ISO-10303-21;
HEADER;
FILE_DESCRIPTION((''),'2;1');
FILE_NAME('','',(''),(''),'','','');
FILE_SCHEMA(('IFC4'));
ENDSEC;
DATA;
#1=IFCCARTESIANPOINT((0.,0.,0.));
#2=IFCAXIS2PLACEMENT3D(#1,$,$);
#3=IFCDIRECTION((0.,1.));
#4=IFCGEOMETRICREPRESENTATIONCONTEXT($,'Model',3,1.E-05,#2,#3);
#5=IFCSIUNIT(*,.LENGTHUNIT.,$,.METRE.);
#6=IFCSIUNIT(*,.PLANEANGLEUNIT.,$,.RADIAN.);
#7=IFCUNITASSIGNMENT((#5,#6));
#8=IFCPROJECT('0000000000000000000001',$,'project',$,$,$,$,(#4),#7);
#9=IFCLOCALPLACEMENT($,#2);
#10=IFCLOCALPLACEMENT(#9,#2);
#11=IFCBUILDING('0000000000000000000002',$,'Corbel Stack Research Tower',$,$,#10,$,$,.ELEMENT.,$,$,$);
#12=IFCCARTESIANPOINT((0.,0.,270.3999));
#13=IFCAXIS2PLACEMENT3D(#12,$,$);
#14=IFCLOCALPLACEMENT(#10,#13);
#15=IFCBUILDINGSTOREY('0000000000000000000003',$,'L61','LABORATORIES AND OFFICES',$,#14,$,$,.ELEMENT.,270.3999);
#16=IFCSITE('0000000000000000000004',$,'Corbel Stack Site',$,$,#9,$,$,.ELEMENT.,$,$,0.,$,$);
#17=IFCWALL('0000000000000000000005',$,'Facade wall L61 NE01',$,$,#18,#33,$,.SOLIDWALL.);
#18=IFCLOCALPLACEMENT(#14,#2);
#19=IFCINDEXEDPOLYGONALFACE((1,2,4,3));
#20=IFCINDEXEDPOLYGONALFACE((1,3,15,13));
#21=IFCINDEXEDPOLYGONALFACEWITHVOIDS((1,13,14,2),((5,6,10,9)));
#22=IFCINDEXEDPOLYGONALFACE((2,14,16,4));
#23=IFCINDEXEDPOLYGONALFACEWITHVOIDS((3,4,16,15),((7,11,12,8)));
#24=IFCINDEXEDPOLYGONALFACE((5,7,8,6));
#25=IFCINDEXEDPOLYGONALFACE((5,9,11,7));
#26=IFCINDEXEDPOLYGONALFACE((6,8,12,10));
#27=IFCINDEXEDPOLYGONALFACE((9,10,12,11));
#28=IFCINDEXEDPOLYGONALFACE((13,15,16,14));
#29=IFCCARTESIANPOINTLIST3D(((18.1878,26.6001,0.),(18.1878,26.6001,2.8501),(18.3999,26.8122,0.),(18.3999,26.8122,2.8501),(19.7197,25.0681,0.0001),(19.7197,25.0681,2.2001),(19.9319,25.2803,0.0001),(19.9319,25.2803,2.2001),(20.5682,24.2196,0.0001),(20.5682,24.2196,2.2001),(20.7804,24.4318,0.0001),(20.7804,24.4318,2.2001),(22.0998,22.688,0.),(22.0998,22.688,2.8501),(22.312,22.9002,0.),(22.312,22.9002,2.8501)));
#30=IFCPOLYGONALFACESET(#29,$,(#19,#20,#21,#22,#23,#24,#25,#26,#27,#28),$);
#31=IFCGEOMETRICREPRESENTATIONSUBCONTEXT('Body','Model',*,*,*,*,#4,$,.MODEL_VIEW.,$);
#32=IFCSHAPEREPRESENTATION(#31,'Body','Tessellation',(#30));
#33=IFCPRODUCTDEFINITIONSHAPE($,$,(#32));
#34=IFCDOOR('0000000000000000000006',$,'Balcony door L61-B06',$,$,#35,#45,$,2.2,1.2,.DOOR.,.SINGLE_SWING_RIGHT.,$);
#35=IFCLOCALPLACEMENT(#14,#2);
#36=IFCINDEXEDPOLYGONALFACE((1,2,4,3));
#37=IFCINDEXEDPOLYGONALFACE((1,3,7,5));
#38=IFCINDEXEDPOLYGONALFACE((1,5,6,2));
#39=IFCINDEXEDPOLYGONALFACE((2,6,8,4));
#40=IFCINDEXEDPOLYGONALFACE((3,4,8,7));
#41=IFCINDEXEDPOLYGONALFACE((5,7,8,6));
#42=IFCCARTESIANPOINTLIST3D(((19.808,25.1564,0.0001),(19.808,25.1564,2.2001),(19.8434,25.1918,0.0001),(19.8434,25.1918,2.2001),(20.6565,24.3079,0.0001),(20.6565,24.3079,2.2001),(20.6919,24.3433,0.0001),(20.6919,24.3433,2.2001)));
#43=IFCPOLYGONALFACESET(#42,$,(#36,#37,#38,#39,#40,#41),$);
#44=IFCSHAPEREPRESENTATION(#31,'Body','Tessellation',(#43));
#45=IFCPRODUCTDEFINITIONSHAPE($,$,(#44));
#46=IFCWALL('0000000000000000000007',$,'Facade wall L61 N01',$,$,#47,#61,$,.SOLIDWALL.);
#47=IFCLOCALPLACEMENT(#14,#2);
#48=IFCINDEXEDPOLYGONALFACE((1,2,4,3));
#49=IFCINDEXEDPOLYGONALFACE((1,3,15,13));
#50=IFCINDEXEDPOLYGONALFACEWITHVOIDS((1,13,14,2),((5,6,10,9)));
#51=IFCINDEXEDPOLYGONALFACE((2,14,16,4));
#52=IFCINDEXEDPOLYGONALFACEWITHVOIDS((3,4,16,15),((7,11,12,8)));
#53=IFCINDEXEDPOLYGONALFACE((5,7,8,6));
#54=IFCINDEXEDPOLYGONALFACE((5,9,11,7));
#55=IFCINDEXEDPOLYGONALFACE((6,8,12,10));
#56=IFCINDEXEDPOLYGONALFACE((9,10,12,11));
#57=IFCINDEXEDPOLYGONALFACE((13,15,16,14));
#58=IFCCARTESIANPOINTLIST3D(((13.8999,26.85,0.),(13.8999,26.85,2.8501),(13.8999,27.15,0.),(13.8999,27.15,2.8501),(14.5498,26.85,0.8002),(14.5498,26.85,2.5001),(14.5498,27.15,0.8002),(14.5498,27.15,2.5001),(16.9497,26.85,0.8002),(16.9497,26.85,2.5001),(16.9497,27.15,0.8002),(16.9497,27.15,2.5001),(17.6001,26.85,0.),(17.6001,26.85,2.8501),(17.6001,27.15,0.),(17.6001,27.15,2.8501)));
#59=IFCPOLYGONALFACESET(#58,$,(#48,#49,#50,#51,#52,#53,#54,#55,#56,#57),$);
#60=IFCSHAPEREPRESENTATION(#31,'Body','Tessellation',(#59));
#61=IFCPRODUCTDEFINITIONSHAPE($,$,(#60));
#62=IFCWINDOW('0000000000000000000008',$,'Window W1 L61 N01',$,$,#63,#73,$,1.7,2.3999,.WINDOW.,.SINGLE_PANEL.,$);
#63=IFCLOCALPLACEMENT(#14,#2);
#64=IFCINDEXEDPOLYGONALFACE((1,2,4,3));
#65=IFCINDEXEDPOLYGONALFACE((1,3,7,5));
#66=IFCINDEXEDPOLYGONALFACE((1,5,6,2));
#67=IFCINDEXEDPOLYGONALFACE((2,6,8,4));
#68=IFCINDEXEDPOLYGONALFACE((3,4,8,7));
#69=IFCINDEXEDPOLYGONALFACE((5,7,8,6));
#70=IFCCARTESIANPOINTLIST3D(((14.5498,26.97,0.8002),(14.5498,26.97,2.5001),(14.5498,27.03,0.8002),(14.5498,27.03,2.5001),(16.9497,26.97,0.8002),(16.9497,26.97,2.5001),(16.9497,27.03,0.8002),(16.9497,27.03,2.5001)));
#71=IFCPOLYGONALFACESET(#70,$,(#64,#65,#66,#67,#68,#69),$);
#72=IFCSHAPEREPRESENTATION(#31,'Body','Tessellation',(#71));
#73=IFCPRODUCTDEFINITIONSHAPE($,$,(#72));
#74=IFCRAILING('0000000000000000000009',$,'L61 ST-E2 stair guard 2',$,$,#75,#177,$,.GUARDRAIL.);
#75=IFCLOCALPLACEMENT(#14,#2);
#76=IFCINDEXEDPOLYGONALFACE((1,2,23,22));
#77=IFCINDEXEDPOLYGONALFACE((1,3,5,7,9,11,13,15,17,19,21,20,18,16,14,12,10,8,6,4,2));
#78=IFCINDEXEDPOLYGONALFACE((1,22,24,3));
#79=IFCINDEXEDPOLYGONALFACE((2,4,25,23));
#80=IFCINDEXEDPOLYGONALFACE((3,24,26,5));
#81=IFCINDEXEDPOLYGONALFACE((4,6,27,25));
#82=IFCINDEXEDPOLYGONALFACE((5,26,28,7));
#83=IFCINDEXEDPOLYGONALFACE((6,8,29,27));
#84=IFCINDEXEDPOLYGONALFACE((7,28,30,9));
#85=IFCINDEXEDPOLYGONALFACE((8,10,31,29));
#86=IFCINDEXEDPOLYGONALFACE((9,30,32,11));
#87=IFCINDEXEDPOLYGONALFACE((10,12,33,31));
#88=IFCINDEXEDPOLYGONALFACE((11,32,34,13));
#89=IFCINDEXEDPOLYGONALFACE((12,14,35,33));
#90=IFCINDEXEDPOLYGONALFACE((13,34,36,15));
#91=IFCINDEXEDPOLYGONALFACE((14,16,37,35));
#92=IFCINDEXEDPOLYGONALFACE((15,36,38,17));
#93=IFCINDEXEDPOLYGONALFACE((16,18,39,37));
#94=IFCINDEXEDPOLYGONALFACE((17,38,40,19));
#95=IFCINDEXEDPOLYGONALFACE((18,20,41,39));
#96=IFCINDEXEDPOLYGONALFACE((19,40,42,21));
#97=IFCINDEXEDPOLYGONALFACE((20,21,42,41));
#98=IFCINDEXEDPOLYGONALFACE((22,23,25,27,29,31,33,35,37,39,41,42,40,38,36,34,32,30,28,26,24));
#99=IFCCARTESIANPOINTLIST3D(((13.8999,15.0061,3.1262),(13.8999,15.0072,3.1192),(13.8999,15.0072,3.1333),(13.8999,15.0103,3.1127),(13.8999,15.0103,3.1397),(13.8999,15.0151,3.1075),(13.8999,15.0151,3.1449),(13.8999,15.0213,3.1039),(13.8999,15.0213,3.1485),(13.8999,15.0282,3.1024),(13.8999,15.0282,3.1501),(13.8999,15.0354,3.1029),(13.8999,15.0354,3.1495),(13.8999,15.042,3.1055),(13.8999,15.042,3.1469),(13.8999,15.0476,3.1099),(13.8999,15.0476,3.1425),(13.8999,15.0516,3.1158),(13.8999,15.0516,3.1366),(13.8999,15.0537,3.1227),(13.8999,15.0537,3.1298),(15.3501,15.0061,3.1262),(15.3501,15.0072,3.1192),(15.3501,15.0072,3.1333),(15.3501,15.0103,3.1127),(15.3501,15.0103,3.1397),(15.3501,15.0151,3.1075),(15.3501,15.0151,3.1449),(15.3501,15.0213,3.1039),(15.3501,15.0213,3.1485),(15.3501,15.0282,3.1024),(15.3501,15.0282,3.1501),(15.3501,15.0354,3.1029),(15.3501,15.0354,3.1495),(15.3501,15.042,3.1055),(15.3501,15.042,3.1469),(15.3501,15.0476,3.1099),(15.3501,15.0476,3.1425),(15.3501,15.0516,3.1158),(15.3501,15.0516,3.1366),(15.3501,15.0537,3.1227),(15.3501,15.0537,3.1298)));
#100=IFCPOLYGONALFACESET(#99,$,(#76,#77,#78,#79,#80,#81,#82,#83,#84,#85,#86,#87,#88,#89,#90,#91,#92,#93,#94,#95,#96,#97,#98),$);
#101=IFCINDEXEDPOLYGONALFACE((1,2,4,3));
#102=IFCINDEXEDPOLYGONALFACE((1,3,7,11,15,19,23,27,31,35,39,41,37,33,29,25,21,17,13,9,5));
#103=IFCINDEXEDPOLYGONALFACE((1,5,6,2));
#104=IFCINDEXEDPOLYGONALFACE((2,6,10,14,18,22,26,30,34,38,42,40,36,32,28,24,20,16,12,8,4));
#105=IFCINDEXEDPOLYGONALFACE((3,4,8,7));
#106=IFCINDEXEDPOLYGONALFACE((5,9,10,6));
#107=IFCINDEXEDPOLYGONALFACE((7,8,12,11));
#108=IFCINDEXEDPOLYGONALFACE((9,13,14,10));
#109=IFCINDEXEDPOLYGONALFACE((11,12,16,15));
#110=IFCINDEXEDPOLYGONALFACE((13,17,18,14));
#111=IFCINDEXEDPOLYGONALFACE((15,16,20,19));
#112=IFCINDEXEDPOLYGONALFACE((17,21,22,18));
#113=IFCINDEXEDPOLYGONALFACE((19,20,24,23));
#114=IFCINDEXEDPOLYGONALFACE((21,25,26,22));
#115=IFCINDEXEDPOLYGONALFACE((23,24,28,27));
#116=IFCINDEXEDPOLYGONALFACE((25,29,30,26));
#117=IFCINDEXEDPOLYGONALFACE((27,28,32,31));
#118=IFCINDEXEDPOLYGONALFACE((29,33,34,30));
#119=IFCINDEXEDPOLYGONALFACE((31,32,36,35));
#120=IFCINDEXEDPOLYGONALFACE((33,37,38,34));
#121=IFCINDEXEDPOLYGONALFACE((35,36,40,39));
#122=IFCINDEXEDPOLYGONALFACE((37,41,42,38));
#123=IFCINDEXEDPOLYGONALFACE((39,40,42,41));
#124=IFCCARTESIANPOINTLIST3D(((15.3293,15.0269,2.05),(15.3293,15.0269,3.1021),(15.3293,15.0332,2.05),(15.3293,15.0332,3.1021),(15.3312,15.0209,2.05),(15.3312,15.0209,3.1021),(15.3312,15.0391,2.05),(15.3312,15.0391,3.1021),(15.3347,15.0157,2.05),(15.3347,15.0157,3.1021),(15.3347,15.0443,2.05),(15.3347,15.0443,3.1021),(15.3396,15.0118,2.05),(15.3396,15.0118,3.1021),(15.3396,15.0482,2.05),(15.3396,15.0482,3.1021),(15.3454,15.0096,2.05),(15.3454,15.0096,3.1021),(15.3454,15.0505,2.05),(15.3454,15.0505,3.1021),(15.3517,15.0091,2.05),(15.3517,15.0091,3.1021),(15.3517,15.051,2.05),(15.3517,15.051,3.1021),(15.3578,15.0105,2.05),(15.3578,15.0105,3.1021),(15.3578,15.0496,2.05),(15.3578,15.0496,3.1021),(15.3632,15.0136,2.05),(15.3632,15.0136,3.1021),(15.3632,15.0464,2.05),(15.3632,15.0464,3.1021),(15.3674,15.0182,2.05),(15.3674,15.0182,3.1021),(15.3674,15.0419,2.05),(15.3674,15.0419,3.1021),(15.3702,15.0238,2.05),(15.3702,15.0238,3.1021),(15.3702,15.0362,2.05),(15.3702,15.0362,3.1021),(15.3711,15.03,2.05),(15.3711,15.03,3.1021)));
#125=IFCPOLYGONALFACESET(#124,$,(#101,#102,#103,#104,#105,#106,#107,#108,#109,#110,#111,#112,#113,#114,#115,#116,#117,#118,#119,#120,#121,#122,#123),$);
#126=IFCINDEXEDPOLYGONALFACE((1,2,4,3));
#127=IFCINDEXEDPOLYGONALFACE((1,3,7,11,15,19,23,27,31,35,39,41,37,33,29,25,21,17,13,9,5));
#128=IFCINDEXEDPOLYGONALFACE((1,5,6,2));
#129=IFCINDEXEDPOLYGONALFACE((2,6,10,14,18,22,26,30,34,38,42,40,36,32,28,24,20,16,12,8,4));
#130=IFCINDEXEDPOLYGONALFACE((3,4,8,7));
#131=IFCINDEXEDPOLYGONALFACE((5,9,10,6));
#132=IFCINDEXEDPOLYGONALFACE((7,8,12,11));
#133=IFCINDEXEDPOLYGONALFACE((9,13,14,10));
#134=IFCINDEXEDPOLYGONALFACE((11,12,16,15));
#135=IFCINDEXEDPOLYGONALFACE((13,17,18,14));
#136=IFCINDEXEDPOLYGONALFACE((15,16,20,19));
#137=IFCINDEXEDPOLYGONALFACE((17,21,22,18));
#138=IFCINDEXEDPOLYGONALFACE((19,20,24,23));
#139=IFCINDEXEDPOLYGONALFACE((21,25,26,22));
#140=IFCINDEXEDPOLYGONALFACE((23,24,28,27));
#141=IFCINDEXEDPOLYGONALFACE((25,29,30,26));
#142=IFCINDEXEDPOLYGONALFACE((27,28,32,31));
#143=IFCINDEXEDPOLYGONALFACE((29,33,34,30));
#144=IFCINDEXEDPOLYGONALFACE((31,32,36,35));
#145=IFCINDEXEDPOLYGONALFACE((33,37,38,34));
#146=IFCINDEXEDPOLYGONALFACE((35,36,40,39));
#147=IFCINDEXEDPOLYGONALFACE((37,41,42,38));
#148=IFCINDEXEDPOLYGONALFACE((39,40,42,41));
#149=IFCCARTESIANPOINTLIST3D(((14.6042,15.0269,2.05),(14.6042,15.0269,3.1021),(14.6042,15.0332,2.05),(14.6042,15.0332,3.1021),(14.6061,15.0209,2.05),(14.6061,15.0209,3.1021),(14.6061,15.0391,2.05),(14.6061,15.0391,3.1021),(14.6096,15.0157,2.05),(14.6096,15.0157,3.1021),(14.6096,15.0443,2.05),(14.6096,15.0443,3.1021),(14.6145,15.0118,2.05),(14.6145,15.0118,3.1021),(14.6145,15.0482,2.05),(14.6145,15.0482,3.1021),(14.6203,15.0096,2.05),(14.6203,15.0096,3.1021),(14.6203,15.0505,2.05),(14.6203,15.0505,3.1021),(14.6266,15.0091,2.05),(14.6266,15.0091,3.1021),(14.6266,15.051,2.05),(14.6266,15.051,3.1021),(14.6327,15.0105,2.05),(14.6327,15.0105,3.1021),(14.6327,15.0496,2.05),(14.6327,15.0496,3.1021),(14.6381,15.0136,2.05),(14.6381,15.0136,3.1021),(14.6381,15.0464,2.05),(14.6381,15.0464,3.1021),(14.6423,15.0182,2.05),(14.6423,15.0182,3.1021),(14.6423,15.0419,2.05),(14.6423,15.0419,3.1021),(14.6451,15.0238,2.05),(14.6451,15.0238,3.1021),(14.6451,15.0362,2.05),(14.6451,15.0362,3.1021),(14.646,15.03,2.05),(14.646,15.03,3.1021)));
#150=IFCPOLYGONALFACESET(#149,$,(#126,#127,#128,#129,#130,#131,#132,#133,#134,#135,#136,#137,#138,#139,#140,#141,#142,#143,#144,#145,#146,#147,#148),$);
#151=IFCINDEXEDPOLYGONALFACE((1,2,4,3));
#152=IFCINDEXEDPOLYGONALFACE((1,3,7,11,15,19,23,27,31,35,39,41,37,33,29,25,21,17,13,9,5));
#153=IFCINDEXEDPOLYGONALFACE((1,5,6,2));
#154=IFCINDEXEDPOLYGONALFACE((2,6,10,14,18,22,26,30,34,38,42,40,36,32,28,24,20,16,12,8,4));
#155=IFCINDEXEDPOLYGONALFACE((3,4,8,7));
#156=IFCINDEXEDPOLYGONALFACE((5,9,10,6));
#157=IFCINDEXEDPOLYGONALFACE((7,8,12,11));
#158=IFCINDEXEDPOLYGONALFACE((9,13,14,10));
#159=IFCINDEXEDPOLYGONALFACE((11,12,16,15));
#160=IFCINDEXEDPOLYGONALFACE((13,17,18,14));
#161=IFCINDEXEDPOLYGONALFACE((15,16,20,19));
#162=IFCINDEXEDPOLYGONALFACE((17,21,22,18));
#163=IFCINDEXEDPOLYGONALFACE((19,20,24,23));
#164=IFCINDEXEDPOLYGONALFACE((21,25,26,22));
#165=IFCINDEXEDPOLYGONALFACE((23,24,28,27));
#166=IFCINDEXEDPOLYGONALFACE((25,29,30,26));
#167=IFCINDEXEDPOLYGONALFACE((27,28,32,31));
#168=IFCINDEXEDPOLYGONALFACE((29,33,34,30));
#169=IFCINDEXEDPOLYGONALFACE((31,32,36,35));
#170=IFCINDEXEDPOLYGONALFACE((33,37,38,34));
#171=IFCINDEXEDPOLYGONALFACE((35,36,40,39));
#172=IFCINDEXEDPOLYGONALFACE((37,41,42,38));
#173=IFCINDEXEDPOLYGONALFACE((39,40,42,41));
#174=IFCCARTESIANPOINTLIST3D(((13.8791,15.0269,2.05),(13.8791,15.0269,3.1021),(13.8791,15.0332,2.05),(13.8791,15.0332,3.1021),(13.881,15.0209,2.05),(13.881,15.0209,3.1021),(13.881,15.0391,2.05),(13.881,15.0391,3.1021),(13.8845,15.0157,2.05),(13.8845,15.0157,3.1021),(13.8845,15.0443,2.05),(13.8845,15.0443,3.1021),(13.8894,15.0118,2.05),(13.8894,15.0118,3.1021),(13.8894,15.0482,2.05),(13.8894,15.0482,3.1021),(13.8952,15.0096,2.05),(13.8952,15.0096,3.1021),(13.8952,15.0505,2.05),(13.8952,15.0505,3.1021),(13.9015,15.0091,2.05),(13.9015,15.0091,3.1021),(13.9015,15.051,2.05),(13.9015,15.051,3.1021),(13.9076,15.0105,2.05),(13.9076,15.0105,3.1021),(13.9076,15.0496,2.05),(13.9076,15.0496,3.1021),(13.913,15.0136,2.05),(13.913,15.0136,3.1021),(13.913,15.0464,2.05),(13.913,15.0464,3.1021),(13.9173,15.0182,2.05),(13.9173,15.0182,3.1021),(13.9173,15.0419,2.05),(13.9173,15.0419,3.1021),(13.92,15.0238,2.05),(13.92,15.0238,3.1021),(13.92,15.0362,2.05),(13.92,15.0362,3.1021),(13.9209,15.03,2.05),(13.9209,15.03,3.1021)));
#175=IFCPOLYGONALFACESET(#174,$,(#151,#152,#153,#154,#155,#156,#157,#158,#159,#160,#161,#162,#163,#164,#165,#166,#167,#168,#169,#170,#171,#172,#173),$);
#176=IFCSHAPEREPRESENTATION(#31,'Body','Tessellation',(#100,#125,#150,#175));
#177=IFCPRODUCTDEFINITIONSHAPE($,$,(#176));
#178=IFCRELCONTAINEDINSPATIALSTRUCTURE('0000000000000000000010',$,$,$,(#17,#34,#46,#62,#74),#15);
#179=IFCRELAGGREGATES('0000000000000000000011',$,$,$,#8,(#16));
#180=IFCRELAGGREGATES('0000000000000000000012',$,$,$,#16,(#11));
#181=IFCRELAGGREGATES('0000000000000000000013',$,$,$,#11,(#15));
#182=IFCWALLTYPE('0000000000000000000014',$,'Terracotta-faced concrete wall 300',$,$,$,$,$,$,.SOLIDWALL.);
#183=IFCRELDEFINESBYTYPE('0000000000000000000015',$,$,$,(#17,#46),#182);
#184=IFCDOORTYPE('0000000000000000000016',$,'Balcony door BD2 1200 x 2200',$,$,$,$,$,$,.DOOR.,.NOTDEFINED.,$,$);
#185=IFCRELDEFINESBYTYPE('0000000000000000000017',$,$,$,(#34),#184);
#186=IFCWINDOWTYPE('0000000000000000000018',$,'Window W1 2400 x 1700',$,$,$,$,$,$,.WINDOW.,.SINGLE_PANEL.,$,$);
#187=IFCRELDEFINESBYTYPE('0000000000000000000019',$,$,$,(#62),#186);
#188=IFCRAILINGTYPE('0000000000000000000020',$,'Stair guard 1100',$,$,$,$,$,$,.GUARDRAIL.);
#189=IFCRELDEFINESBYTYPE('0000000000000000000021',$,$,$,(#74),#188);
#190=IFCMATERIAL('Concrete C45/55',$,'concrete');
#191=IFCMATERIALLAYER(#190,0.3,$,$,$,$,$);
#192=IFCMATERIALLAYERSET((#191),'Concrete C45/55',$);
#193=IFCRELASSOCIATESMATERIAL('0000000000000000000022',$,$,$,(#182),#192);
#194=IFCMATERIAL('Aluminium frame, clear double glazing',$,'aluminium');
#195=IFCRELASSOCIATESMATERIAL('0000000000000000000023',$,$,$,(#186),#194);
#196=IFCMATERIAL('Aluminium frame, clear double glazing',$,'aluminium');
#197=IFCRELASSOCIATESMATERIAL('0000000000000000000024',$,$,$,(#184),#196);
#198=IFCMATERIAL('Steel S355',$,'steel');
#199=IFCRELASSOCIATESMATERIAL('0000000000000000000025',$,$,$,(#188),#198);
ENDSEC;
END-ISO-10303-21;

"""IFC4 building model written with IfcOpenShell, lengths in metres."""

from ifc_helpers import new_model, si_unit, direction, frame, frame_2d, origin, origin_2d, place, context, subcontext, project, spatial, rectangle, circle, extrude, material, layer, layer_set, type_object, element, fill, save


model = new_model("IFC4")

# Units and contexts
model_context = context("Model", 3, precision=1e-05, world=origin(), true_north=direction((0.0, 1.0)))
body_context = subcontext(model_context, "Body", "Model", "MODEL_VIEW")
ifc_project = project(units=[si_unit("LENGTHUNIT", "METRE"), si_unit("PLANEANGLEUNIT", "RADIAN")], contexts=[model_context])

# Site, building, storey
site_placement = place(None, origin())
site = spatial("IfcSite", under=ifc_project, at=site_placement, Name="Corbel Stack Site", CompositionType="ELEMENT", RefElevation=0.0)
building_placement = place(site_placement, origin())
building = spatial("IfcBuilding", under=site, at=building_placement, Name="Corbel Stack Research Tower", CompositionType="ELEMENT")
storey_placement = place(building_placement, frame((0.0, 0.0, 270.3999)))
storey = spatial("IfcBuildingStorey", under=building, at=storey_placement, Name="L61", Description="LABORATORIES AND OFFICES", CompositionType="ELEMENT", Elevation=270.3999)

# Shared definitions
ifc_material_1 = material(Name="Concrete C45/55", Category="concrete")
ifc_layer_1 = layer(ifc_material_1, 0.3)
ifc_layer_set_1 = layer_set([ifc_layer_1], Name="Concrete C45/55")
wall_type_1 = type_object("IfcWallType", Name="Terracotta-faced concrete wall 300", PredefinedType="SOLIDWALL", material=ifc_layer_set_1)

# Shared definitions
ifc_material_2 = material(Name="Aluminium frame, clear double glazing", Category="aluminium")
window_type = type_object("IfcWindowType", Name="Window W1 2400 x 1700", PartitioningType="SINGLE_PANEL", PredefinedType="WINDOW", material=ifc_material_2)

# Wall, opening, door
wall_1_placement = place(storey_placement, frame((18.2939, 26.7061, 0.0), z_axis=(0.0, 0.0, 1.0), x_axis=(0.707107, -0.707107, 0.0)))
wall_1 = element("IfcWall", 1, at=wall_1_placement, inside=storey, type_object=wall_type_1, Name="Facade wall L61 NE01", PredefinedType="SOLIDWALL", context=body_context, shape_type="SweptSolid", body=[
    extrude(rectangle(XDim=5.5325, YDim=0.3, at=frame_2d((2.7661, 0.0))), origin(), (0.0, 0.0, 1.0), 2.8501),
])
opening_1_placement = place(wall_1_placement, frame((2.1663, 0.0, 0.0)))
opening_1 = element("IfcOpeningElement", 2, at=opening_1_placement, cuts=wall_1, PredefinedType="OPENING", context=body_context, shape_type="SweptSolid", body=[
    extrude(rectangle(XDim=1.2, YDim=2.2, at=frame_2d((0.6001, 1.1001))), frame((0.0, 0.1599, 0.0), z_axis=(0.0, -1.0, 0.0), x_axis=(1.0, 0.0, 0.0)), (0.0, 0.0, 1.0), 0.3201),
])
ifc_material_3 = material(Name="Aluminium frame, clear double glazing", Category="aluminium")
door_type_1 = type_object("IfcDoorType", Name="Balcony door BD2 1200 x 2200", OperationType="NOTDEFINED", PredefinedType="DOOR", material=ifc_material_3)
door_1_placement = place(opening_1_placement, origin())
door_1 = element("IfcDoor", 3, at=door_1_placement, inside=storey, type_object=door_type_1, Name="Balcony door L61-B06", OperationType="SINGLE_SWING_RIGHT", OverallHeight=2.2, OverallWidth=1.2, PredefinedType="DOOR", context=body_context, shape_type="SweptSolid", body=[
    extrude(rectangle(XDim=1.2, YDim=2.2, at=frame_2d((0.6001, 1.1001))), frame((0.0, 0.0249, 0.0), z_axis=(0.0, -1.0, 0.0), x_axis=(1.0, 0.0, 0.0)), (0.0, 0.0, 1.0), 0.05),
])
fill(opening_1, door_1)

# Wall, opening, window
wall_2_placement = place(storey_placement, frame((13.8999, 27.0, 0.0), z_axis=(0.0, 0.0, 1.0), x_axis=(1.0, 0.0, 0.0)))
wall_2 = element("IfcWall", 4, at=wall_2_placement, inside=storey, type_object=wall_type_1, Name="Facade wall L61 N01", PredefinedType="SOLIDWALL", context=body_context, shape_type="SweptSolid", body=[
    extrude(rectangle(XDim=3.7002, YDim=0.3, at=frame_2d((1.8501, 0.0))), origin(), (0.0, 0.0, 1.0), 2.8501),
])
opening_2_placement = place(wall_2_placement, frame((0.6499, 0.0, 0.8)))
opening_2 = element("IfcOpeningElement", 5, at=opening_2_placement, cuts=wall_2, PredefinedType="OPENING", context=body_context, shape_type="SweptSolid", body=[
    extrude(rectangle(XDim=2.3999, YDim=1.7, at=frame_2d((1.2, 0.8501))), frame((0.0, 0.1599, 0.0), z_axis=(0.0, -1.0, 0.0), x_axis=(1.0, 0.0, 0.0)), (0.0, 0.0, 1.0), 0.3201),
])
window_1_placement = place(opening_2_placement, origin())
window_1 = element("IfcWindow", 6, at=window_1_placement, inside=storey, type_object=window_type, Name="Window W1 L61 N01", OverallHeight=1.7, OverallWidth=2.3999, PartitioningType="SINGLE_PANEL", PredefinedType="WINDOW", context=body_context, shape_type="SweptSolid", body=[
    extrude(rectangle(XDim=2.3999, YDim=1.7, at=frame_2d((1.2, 0.8501))), frame((0.0, 0.03, 0.0), z_axis=(0.0, -1.0, 0.0), x_axis=(1.0, 0.0, 0.0)), (0.0, 0.0, 1.0), 0.0601),
])
fill(opening_2, window_1)

# Railing
ifc_material_4 = material(Name="Steel S355", Category="steel")
railing_type_1 = type_object("IfcRailingType", Name="Stair guard 1100", PredefinedType="GUARDRAIL", material=ifc_material_4)
railing_1_placement = place(storey_placement, frame((15.3501, 15.03, 2.05)))
element("IfcRailing", 7, at=railing_1_placement, inside=storey, type_object=railing_type_1, Name="L61 ST-E2 stair guard 2", PredefinedType="GUARDRAIL", context=body_context, shape_type="SweptSolid", body=[
    extrude(circle(Radius=0.0239, at=origin_2d()), frame((0.0, 0.0, 1.0762), z_axis=(-1.0, 0.0, 0.0), x_axis=(0.0, -1.0, 0.0)), (0.0, 0.0, 1.0), 1.4502),
    extrude(circle(Radius=0.021, at=origin_2d()), origin(), (0.0, 0.0, 1.0), 1.052),
    extrude(circle(Radius=0.021, at=origin_2d()), frame((-0.7251, 0.0, 0.0)), (0.0, 0.0, 1.0), 1.052),
    extrude(circle(Radius=0.021, at=origin_2d()), frame((-1.4502, 0.0, 0.0)), (0.0, 0.0, 1.0), 1.052),
])

save(model, "model.ifc")
